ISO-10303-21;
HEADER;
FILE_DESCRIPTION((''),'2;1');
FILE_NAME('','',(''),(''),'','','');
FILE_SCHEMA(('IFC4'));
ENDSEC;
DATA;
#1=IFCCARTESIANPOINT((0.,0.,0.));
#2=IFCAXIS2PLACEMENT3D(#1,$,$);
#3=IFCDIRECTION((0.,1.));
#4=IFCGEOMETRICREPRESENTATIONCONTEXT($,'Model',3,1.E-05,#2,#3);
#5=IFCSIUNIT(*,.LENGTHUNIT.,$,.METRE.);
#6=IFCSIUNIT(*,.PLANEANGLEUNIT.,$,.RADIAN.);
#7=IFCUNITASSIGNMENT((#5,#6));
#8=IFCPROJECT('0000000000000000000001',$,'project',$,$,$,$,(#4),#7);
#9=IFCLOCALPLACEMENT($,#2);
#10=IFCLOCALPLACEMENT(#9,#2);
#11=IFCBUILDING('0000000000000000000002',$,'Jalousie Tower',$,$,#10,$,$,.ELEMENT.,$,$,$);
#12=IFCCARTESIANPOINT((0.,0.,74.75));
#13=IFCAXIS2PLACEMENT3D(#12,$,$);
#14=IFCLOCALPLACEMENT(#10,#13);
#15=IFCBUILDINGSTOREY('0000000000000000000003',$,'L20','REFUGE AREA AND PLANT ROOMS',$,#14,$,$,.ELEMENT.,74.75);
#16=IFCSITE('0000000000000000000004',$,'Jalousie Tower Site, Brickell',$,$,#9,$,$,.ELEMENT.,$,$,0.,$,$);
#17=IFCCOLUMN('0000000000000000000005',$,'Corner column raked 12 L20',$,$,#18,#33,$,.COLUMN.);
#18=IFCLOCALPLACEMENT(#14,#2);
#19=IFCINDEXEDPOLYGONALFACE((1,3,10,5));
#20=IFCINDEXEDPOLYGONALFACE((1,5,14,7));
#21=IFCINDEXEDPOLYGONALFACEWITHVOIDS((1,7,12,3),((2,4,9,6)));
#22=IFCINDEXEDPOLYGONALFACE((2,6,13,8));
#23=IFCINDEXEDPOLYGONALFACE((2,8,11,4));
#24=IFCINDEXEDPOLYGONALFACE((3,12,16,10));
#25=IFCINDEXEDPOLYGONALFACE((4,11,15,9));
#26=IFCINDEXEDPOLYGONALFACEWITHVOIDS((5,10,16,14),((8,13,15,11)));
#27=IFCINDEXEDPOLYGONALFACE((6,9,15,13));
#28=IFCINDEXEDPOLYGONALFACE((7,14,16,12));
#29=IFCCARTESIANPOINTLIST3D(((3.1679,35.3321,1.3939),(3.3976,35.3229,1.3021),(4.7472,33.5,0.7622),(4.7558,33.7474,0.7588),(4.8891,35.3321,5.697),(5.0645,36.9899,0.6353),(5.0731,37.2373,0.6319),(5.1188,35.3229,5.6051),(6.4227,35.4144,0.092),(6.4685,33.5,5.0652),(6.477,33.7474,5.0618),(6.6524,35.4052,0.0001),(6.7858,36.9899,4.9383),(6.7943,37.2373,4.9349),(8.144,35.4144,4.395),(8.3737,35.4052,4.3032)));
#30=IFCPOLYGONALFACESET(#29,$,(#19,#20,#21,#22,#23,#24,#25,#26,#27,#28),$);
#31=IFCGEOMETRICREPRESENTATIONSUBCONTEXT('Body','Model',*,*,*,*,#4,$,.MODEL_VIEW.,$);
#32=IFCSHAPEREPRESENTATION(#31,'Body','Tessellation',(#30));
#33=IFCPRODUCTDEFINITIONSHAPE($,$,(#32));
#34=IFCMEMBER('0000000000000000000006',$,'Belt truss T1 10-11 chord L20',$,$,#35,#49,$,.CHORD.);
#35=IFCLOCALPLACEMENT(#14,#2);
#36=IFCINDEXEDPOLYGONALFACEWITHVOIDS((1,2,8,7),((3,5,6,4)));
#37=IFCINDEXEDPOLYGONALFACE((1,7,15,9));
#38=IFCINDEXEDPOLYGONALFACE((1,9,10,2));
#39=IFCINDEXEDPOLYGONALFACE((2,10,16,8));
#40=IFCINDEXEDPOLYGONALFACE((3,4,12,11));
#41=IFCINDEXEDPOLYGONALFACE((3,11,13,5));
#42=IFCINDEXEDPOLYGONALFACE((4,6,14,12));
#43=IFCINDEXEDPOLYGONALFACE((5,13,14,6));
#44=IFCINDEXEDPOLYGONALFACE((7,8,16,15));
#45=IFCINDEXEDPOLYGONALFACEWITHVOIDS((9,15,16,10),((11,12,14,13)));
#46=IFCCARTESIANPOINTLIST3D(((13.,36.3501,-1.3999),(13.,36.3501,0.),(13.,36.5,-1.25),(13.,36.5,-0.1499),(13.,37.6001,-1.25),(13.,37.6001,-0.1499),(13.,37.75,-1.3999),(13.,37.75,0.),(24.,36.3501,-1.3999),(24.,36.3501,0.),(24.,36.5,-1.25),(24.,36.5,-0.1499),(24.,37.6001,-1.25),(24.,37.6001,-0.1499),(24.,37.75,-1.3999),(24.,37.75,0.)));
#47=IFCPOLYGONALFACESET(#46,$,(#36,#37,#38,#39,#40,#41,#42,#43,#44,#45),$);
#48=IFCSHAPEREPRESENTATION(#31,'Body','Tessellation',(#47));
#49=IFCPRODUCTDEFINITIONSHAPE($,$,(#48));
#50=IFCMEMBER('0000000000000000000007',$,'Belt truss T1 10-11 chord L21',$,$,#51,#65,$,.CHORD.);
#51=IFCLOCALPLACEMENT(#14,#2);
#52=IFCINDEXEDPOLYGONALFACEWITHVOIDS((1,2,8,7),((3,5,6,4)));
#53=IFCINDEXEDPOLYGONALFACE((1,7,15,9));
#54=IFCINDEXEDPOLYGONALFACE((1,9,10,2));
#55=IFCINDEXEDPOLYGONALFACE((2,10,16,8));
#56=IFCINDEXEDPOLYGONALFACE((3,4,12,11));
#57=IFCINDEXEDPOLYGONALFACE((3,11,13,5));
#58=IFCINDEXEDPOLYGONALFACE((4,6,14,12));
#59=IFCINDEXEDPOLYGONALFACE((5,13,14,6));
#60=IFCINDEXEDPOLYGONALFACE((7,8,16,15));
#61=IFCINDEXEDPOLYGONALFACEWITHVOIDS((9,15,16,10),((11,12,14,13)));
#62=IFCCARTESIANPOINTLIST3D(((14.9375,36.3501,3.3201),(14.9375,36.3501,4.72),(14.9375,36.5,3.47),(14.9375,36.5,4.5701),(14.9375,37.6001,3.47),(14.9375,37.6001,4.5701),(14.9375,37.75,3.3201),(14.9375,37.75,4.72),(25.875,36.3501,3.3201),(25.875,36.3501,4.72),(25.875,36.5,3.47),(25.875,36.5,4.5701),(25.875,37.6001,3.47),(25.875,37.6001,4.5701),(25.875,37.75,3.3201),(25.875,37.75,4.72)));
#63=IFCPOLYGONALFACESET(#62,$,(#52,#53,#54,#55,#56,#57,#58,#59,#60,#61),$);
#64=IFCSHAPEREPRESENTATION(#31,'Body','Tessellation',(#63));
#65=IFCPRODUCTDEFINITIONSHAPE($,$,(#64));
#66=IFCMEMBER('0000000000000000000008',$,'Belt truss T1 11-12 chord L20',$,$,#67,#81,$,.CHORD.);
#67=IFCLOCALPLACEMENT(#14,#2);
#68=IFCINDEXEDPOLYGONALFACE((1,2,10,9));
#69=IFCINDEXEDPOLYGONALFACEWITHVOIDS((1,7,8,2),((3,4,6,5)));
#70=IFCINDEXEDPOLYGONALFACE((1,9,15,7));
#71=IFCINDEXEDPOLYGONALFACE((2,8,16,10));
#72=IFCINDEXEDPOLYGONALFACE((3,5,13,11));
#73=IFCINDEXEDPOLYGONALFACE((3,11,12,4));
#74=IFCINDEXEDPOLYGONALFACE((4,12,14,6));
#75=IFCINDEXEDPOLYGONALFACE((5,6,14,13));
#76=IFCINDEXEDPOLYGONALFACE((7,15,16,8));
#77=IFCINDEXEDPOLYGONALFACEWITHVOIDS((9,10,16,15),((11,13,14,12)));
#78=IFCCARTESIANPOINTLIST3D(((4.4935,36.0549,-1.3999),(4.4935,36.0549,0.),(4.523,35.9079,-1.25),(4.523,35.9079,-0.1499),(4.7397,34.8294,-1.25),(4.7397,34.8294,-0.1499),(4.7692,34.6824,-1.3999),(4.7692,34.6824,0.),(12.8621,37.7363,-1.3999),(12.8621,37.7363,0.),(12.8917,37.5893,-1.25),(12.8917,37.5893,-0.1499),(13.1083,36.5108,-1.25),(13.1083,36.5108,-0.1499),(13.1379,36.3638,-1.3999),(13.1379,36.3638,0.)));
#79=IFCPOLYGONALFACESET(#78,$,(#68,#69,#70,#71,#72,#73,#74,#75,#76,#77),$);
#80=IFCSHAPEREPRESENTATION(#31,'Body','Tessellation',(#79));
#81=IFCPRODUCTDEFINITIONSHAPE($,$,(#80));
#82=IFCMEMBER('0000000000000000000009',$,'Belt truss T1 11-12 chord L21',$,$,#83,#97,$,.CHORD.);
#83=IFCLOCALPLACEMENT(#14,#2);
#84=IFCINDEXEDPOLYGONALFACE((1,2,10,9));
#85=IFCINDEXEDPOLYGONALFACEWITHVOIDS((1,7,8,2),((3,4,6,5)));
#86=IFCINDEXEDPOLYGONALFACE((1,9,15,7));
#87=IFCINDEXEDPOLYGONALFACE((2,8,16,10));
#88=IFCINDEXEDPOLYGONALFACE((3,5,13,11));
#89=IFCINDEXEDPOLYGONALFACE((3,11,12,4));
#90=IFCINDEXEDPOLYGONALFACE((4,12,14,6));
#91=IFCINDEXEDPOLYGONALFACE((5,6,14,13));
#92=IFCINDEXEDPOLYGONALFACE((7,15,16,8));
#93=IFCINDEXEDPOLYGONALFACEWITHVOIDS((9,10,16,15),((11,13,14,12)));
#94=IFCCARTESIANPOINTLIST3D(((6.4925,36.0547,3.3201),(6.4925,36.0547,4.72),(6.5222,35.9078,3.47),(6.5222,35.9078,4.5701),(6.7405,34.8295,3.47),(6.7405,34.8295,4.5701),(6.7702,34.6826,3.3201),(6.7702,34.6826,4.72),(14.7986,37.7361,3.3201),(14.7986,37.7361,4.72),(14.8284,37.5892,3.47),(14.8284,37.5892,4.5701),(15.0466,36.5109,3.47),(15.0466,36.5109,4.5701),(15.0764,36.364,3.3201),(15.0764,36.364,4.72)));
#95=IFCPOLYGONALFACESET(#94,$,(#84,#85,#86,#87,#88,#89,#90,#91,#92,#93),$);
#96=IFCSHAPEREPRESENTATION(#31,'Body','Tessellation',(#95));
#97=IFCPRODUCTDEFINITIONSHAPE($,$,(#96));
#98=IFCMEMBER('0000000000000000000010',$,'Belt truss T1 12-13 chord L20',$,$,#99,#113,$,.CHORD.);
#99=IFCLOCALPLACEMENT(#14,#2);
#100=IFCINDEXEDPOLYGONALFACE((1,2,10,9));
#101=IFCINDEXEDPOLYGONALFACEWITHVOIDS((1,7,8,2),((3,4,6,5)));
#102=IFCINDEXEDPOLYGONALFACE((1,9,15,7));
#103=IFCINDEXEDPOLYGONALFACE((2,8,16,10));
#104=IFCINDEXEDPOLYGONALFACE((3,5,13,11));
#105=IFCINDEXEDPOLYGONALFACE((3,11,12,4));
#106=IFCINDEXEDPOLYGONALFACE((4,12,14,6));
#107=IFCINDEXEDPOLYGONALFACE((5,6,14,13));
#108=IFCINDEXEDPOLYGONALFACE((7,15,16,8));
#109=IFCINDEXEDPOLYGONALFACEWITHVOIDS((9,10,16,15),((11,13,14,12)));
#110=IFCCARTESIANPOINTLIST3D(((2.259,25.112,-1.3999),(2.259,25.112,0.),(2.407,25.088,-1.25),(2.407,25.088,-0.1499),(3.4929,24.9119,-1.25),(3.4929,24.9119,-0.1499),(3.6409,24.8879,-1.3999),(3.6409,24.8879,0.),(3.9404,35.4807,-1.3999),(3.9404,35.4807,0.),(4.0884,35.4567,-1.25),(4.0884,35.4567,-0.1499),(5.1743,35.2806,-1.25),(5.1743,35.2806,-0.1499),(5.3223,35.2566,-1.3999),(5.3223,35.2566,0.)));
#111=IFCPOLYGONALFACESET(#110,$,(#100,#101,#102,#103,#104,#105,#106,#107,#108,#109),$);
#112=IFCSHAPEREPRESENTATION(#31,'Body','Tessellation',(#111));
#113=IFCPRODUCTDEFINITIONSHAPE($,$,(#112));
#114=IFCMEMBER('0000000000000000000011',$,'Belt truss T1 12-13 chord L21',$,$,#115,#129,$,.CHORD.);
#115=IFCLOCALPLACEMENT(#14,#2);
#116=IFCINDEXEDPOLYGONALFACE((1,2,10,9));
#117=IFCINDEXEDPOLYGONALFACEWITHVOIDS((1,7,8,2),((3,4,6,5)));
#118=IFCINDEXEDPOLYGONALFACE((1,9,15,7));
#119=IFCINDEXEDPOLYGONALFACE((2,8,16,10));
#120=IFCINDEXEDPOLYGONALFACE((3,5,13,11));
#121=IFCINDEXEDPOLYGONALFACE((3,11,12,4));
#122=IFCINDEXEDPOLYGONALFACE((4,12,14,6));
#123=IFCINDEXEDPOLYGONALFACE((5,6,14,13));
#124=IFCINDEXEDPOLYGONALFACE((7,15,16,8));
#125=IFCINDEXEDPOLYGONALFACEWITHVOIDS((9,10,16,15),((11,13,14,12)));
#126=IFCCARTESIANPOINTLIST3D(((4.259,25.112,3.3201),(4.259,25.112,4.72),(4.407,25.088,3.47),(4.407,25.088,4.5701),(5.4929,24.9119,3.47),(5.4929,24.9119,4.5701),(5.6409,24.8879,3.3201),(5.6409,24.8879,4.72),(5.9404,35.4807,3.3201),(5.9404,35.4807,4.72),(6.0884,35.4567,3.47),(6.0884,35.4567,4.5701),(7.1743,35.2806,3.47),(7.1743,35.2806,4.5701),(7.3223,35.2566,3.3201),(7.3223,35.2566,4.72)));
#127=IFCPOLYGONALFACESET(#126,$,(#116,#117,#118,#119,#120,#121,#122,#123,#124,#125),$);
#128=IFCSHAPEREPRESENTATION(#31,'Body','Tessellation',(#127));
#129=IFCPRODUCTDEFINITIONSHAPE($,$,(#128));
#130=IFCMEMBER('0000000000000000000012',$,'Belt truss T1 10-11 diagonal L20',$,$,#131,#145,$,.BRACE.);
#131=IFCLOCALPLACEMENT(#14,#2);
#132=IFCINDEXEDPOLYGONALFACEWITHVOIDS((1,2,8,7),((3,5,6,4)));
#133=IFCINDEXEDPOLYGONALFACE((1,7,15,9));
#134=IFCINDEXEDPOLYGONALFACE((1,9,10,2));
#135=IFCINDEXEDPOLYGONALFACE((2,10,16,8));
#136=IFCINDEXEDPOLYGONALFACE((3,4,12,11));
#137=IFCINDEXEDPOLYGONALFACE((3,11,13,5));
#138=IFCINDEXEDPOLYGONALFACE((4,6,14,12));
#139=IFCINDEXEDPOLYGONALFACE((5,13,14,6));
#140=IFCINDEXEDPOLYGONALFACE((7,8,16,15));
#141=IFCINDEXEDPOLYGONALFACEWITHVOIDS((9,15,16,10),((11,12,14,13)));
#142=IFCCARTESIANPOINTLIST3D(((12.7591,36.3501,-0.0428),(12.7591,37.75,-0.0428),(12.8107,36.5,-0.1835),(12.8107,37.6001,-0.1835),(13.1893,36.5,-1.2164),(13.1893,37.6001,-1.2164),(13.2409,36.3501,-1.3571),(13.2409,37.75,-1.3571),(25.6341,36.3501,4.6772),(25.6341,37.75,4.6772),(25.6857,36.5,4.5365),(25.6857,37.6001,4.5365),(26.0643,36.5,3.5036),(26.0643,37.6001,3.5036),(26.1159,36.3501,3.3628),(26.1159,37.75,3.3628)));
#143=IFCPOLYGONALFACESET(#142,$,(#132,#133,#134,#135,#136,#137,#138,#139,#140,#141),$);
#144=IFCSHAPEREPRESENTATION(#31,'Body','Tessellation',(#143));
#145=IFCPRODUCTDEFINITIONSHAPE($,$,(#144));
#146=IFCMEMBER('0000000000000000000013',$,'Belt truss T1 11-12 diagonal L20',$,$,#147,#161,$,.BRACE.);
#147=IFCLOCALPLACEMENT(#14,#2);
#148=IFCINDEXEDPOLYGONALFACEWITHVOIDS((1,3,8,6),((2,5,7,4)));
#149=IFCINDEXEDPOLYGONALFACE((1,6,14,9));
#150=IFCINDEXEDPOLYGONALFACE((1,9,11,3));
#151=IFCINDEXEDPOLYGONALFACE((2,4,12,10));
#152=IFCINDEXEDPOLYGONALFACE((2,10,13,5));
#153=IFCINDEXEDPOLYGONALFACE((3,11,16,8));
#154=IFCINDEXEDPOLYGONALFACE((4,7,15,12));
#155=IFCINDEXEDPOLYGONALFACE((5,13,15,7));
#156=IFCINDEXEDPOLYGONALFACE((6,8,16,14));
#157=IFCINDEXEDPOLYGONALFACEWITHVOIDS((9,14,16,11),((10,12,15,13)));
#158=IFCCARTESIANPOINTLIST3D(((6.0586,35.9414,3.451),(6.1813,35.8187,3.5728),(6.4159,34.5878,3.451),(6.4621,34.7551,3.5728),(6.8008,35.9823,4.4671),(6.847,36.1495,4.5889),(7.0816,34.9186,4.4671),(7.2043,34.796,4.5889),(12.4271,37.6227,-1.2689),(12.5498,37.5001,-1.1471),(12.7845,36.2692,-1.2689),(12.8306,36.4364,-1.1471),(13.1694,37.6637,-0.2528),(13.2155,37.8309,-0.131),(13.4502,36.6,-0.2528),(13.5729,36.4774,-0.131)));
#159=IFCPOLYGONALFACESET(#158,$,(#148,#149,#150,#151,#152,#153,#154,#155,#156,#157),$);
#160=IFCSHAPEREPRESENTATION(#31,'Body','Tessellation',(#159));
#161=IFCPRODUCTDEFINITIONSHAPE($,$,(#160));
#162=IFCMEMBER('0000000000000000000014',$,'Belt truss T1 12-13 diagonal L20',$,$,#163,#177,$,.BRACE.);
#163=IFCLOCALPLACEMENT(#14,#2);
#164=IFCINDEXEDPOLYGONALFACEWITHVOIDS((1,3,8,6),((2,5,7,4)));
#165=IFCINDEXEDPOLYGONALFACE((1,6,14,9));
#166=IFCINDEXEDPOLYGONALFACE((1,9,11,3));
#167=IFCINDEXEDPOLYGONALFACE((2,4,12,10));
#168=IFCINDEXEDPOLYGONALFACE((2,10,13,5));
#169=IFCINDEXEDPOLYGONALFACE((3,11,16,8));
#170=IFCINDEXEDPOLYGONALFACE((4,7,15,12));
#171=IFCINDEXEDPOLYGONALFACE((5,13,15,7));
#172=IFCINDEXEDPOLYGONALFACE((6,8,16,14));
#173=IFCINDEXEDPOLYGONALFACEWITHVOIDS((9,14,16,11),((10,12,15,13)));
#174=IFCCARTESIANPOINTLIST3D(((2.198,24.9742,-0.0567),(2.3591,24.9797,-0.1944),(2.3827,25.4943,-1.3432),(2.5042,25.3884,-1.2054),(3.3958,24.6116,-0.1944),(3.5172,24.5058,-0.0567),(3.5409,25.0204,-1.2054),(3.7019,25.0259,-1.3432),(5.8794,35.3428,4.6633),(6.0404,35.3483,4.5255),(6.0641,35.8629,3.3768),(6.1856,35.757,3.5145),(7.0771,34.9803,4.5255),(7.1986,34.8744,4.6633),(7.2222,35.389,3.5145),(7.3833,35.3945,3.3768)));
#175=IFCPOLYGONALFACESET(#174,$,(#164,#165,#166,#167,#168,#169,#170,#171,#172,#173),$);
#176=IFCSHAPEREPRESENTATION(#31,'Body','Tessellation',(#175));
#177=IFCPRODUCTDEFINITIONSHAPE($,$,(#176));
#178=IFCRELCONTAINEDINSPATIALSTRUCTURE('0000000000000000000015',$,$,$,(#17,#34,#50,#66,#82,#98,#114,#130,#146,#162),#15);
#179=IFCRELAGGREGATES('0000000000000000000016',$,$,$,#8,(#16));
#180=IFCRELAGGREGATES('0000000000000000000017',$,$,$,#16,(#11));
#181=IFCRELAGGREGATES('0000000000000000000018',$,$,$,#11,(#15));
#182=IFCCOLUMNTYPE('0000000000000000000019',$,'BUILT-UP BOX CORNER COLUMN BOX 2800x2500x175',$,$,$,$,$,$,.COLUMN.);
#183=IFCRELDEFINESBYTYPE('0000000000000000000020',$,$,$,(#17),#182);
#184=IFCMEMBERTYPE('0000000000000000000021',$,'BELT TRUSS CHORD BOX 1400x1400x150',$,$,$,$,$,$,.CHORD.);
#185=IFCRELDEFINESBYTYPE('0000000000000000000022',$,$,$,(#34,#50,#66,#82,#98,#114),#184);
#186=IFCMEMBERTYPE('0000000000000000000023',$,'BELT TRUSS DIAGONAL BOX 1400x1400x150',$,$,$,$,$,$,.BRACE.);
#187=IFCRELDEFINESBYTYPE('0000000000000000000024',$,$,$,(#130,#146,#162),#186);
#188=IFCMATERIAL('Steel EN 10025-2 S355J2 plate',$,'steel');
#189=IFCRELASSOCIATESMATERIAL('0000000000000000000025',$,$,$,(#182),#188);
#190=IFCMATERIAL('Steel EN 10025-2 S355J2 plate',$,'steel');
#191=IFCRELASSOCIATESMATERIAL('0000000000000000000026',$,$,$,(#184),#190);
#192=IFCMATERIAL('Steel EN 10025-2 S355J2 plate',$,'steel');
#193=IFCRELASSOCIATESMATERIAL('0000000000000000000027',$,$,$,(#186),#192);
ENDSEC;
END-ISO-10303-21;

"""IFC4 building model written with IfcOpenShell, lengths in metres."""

from ifc_helpers import new_model, si_unit, direction, frame, origin, origin_2d, place, context, subcontext, project, spatial, hollow_rectangle, extrude, material, material_profile, profile_set, type_object, element, save


model = new_model("IFC4")

# Units and contexts
model_context = context("Model", 3, precision=1e-05, world=origin(), true_north=direction((0.0, 1.0)))
body_context = subcontext(model_context, "Body", "Model", "MODEL_VIEW")
ifc_project = project(units=[si_unit("LENGTHUNIT", "METRE"), si_unit("PLANEANGLEUNIT", "RADIAN")], contexts=[model_context])

# Site, building, storey
site_placement = place(None, origin())
site = spatial("IfcSite", under=ifc_project, at=site_placement, Name="Jalousie Tower Site, Brickell", CompositionType="ELEMENT", RefElevation=0.0)
building_placement = place(site_placement, origin())
building = spatial("IfcBuilding", under=site, at=building_placement, Name="Jalousie Tower", CompositionType="ELEMENT")
storey_placement = place(building_placement, frame((0.0, 0.0, 74.75)))
storey = spatial("IfcBuildingStorey", under=building, at=storey_placement, Name="L20", Description="REFUGE AREA AND PLANT ROOMS", CompositionType="ELEMENT", Elevation=74.75)

# Column
ifc_material_1 = material(Name="Steel EN 10025-2 S355J2 plate", Category="steel")
ifc_material_profile_1 = material_profile(ifc_material_1, hollow_rectangle(XDim=2.5, YDim=2.8, WallThickness=0.175, at=origin_2d()), Name="BOX 2800x2500x175")
ifc_profile_set_1 = profile_set([ifc_material_profile_1], Name="Steel EN 10025-2 S355J2 plate")
column_type = type_object("IfcColumnType", Name="BUILT-UP BOX CORNER COLUMN BOX 2800x2500x175", PredefinedType="COLUMN", material=ifc_profile_set_1)
column_placement = place(storey_placement, frame((4.9102, 35.3687, 0.697), z_axis=(0.371391, 0.0, 0.928477), x_axis=(0.631749, -0.732828, -0.252699)))
element("IfcColumn", 1, at=column_placement, inside=storey, type_object=column_type, Name="Corner column raked 12 L20", PredefinedType="COLUMN", context=body_context, shape_type="SweptSolid", body=[
    extrude(hollow_rectangle(XDim=2.5, YDim=2.8, WallThickness=0.175, at=origin_2d()), origin(), (0.0, 0.0, 1.0), 4.6345),
])

# Members
ifc_material_2 = material(Name="Steel EN 10025-2 S355J2 plate", Category="steel")
ifc_material_profile_2 = material_profile(ifc_material_2, hollow_rectangle(XDim=1.3999, YDim=1.3999, WallThickness=0.1499, at=origin_2d()), Name="BOX 1400x1400x150")
ifc_profile_set_2 = profile_set([ifc_material_profile_2], Name="Steel EN 10025-2 S355J2 plate")
member_type_1 = type_object("IfcMemberType", Name="BELT TRUSS CHORD BOX 1400x1400x150", PredefinedType="CHORD", material=ifc_profile_set_2)
member_1_placement = place(storey_placement, frame((24.0, 37.05, -0.7), z_axis=(-1.0, 0.0, 0.0), x_axis=(0.0, -1.0, 0.0)))
element("IfcMember", 2, at=member_1_placement, inside=storey, type_object=member_type_1, Name="Belt truss T1 10-11 chord L20", PredefinedType="CHORD", context=body_context, shape_type="SweptSolid", body=[
    extrude(hollow_rectangle(XDim=1.3999, YDim=1.3999, WallThickness=0.1499, at=origin_2d()), origin(), (0.0, 0.0, 1.0), 11.0),
])
member_2_placement = place(storey_placement, frame((25.875, 37.05, 4.02), z_axis=(-1.0, 0.0, 0.0), x_axis=(0.0, -1.0, 0.0)))
element("IfcMember", 3, at=member_2_placement, inside=storey, type_object=member_type_1, Name="Belt truss T1 10-11 chord L21", PredefinedType="CHORD", context=body_context, shape_type="SweptSolid", body=[
    extrude(hollow_rectangle(XDim=1.3999, YDim=1.3999, WallThickness=0.1499, at=origin_2d()), origin(), (0.0, 0.0, 1.0), 10.9375),
])
member_3_placement = place(storey_placement, frame((13.0, 37.05, -0.7), z_axis=(-0.980408, -0.19698, 0.0), x_axis=(0.19698, -0.980408, 0.0)))
element("IfcMember", 4, at=member_3_placement, inside=storey, type_object=member_type_1, Name="Belt truss T1 11-12 chord L20", PredefinedType="CHORD", context=body_context, shape_type="SweptSolid", body=[
    extrude(hollow_rectangle(XDim=1.3999, YDim=1.3999, WallThickness=0.1499, at=origin_2d()), origin(), (0.0, 0.0, 1.0), 8.5359),
])
member_4_placement = place(storey_placement, frame((14.9375, 37.05, 4.02), z_axis=(-0.98012, -0.198404, 0.0), x_axis=(0.198404, -0.98012, 0.0)))
element("IfcMember", 5, at=member_4_placement, inside=storey, type_object=member_type_1, Name="Belt truss T1 11-12 chord L21", PredefinedType="CHORD", context=body_context, shape_type="SweptSolid", body=[
    extrude(hollow_rectangle(XDim=1.3999, YDim=1.3999, WallThickness=0.1499, at=origin_2d()), origin(), (0.0, 0.0, 1.0), 8.4746),
])
for number, where, z_axis, x_axis, name in (
    (6, (4.6313, 35.3687, -0.7), (-0.160071, -0.987106, 0.0), (0.987106, -0.160071, 0.0), "Belt truss T1 12-13 chord L20"),
    (7, (6.6313, 35.3687, 4.02), (-0.160071, -0.987106, 0.0), (0.987106, -0.160071, 0.0), "Belt truss T1 12-13 chord L21"),
):
    element("IfcMember", number, at=place(storey_placement, frame(where, z_axis=z_axis, x_axis=x_axis)), inside=storey, type_object=member_type_1, Name=name, PredefinedType="CHORD", context=body_context, shape_type="SweptSolid", body=[
        extrude(hollow_rectangle(XDim=1.3999, YDim=1.3999, WallThickness=0.1499, at=origin_2d()), origin(), (0.0, 0.0, 1.0), 10.5042),
    ])
ifc_material_3 = material(Name="Steel EN 10025-2 S355J2 plate", Category="steel")
ifc_material_profile_3 = material_profile(ifc_material_3, hollow_rectangle(XDim=1.3999, YDim=1.3999, WallThickness=0.1499, at=origin_2d()), Name="BOX 1400x1400x150")
ifc_profile_set_3 = profile_set([ifc_material_profile_3], Name="Steel EN 10025-2 S355J2 plate")
member_type_2 = type_object("IfcMemberType", Name="BELT TRUSS DIAGONAL BOX 1400x1400x150", PredefinedType="BRACE", material=ifc_profile_set_3)
member_5_placement = place(storey_placement, frame((25.875, 37.05, 4.02), z_axis=(-0.938897, 0.0, -0.344199), x_axis=(0.0, -1.0, 0.0)))
element("IfcMember", 8, at=member_5_placement, inside=storey, type_object=member_type_2, Name="Belt truss T1 10-11 diagonal L20", PredefinedType="BRACE", context=body_context, shape_type="SweptSolid", body=[
    extrude(hollow_rectangle(XDim=1.3999, YDim=1.3999, WallThickness=0.1499, at=origin_2d()), origin(), (0.0, 0.0, 1.0), 13.7129),
])
member_6_placement = place(storey_placement, frame((13.0, 37.05, -0.7), z_axis=(-0.785924, -0.207493, 0.582469), x_axis=(0.255265, -0.966871, 0.0)))
element("IfcMember", 9, at=member_6_placement, inside=storey, type_object=member_type_2, Name="Belt truss T1 11-12 diagonal L20", PredefinedType="BRACE", context=body_context, shape_type="SweptSolid", body=[
    extrude(hollow_rectangle(XDim=1.3999, YDim=1.3999, WallThickness=0.1499, at=origin_2d()), origin(), (0.0, 0.0, 1.0), 8.1033),
])
member_7_placement = place(storey_placement, frame((6.6313, 35.3687, 4.02), z_axis=(-0.307489, -0.866042, -0.394236), x_axis=(0.942365, -0.334587, 0.0)))
element("IfcMember", 10, at=member_7_placement, inside=storey, type_object=member_type_2, Name="Belt truss T1 12-13 diagonal L20", PredefinedType="BRACE", context=body_context, shape_type="SweptSolid", body=[
    extrude(hollow_rectangle(XDim=1.3999, YDim=1.3999, WallThickness=0.1499, at=origin_2d()), origin(), (0.0, 0.0, 1.0), 11.9724),
])

save(model, "model.ifc")
